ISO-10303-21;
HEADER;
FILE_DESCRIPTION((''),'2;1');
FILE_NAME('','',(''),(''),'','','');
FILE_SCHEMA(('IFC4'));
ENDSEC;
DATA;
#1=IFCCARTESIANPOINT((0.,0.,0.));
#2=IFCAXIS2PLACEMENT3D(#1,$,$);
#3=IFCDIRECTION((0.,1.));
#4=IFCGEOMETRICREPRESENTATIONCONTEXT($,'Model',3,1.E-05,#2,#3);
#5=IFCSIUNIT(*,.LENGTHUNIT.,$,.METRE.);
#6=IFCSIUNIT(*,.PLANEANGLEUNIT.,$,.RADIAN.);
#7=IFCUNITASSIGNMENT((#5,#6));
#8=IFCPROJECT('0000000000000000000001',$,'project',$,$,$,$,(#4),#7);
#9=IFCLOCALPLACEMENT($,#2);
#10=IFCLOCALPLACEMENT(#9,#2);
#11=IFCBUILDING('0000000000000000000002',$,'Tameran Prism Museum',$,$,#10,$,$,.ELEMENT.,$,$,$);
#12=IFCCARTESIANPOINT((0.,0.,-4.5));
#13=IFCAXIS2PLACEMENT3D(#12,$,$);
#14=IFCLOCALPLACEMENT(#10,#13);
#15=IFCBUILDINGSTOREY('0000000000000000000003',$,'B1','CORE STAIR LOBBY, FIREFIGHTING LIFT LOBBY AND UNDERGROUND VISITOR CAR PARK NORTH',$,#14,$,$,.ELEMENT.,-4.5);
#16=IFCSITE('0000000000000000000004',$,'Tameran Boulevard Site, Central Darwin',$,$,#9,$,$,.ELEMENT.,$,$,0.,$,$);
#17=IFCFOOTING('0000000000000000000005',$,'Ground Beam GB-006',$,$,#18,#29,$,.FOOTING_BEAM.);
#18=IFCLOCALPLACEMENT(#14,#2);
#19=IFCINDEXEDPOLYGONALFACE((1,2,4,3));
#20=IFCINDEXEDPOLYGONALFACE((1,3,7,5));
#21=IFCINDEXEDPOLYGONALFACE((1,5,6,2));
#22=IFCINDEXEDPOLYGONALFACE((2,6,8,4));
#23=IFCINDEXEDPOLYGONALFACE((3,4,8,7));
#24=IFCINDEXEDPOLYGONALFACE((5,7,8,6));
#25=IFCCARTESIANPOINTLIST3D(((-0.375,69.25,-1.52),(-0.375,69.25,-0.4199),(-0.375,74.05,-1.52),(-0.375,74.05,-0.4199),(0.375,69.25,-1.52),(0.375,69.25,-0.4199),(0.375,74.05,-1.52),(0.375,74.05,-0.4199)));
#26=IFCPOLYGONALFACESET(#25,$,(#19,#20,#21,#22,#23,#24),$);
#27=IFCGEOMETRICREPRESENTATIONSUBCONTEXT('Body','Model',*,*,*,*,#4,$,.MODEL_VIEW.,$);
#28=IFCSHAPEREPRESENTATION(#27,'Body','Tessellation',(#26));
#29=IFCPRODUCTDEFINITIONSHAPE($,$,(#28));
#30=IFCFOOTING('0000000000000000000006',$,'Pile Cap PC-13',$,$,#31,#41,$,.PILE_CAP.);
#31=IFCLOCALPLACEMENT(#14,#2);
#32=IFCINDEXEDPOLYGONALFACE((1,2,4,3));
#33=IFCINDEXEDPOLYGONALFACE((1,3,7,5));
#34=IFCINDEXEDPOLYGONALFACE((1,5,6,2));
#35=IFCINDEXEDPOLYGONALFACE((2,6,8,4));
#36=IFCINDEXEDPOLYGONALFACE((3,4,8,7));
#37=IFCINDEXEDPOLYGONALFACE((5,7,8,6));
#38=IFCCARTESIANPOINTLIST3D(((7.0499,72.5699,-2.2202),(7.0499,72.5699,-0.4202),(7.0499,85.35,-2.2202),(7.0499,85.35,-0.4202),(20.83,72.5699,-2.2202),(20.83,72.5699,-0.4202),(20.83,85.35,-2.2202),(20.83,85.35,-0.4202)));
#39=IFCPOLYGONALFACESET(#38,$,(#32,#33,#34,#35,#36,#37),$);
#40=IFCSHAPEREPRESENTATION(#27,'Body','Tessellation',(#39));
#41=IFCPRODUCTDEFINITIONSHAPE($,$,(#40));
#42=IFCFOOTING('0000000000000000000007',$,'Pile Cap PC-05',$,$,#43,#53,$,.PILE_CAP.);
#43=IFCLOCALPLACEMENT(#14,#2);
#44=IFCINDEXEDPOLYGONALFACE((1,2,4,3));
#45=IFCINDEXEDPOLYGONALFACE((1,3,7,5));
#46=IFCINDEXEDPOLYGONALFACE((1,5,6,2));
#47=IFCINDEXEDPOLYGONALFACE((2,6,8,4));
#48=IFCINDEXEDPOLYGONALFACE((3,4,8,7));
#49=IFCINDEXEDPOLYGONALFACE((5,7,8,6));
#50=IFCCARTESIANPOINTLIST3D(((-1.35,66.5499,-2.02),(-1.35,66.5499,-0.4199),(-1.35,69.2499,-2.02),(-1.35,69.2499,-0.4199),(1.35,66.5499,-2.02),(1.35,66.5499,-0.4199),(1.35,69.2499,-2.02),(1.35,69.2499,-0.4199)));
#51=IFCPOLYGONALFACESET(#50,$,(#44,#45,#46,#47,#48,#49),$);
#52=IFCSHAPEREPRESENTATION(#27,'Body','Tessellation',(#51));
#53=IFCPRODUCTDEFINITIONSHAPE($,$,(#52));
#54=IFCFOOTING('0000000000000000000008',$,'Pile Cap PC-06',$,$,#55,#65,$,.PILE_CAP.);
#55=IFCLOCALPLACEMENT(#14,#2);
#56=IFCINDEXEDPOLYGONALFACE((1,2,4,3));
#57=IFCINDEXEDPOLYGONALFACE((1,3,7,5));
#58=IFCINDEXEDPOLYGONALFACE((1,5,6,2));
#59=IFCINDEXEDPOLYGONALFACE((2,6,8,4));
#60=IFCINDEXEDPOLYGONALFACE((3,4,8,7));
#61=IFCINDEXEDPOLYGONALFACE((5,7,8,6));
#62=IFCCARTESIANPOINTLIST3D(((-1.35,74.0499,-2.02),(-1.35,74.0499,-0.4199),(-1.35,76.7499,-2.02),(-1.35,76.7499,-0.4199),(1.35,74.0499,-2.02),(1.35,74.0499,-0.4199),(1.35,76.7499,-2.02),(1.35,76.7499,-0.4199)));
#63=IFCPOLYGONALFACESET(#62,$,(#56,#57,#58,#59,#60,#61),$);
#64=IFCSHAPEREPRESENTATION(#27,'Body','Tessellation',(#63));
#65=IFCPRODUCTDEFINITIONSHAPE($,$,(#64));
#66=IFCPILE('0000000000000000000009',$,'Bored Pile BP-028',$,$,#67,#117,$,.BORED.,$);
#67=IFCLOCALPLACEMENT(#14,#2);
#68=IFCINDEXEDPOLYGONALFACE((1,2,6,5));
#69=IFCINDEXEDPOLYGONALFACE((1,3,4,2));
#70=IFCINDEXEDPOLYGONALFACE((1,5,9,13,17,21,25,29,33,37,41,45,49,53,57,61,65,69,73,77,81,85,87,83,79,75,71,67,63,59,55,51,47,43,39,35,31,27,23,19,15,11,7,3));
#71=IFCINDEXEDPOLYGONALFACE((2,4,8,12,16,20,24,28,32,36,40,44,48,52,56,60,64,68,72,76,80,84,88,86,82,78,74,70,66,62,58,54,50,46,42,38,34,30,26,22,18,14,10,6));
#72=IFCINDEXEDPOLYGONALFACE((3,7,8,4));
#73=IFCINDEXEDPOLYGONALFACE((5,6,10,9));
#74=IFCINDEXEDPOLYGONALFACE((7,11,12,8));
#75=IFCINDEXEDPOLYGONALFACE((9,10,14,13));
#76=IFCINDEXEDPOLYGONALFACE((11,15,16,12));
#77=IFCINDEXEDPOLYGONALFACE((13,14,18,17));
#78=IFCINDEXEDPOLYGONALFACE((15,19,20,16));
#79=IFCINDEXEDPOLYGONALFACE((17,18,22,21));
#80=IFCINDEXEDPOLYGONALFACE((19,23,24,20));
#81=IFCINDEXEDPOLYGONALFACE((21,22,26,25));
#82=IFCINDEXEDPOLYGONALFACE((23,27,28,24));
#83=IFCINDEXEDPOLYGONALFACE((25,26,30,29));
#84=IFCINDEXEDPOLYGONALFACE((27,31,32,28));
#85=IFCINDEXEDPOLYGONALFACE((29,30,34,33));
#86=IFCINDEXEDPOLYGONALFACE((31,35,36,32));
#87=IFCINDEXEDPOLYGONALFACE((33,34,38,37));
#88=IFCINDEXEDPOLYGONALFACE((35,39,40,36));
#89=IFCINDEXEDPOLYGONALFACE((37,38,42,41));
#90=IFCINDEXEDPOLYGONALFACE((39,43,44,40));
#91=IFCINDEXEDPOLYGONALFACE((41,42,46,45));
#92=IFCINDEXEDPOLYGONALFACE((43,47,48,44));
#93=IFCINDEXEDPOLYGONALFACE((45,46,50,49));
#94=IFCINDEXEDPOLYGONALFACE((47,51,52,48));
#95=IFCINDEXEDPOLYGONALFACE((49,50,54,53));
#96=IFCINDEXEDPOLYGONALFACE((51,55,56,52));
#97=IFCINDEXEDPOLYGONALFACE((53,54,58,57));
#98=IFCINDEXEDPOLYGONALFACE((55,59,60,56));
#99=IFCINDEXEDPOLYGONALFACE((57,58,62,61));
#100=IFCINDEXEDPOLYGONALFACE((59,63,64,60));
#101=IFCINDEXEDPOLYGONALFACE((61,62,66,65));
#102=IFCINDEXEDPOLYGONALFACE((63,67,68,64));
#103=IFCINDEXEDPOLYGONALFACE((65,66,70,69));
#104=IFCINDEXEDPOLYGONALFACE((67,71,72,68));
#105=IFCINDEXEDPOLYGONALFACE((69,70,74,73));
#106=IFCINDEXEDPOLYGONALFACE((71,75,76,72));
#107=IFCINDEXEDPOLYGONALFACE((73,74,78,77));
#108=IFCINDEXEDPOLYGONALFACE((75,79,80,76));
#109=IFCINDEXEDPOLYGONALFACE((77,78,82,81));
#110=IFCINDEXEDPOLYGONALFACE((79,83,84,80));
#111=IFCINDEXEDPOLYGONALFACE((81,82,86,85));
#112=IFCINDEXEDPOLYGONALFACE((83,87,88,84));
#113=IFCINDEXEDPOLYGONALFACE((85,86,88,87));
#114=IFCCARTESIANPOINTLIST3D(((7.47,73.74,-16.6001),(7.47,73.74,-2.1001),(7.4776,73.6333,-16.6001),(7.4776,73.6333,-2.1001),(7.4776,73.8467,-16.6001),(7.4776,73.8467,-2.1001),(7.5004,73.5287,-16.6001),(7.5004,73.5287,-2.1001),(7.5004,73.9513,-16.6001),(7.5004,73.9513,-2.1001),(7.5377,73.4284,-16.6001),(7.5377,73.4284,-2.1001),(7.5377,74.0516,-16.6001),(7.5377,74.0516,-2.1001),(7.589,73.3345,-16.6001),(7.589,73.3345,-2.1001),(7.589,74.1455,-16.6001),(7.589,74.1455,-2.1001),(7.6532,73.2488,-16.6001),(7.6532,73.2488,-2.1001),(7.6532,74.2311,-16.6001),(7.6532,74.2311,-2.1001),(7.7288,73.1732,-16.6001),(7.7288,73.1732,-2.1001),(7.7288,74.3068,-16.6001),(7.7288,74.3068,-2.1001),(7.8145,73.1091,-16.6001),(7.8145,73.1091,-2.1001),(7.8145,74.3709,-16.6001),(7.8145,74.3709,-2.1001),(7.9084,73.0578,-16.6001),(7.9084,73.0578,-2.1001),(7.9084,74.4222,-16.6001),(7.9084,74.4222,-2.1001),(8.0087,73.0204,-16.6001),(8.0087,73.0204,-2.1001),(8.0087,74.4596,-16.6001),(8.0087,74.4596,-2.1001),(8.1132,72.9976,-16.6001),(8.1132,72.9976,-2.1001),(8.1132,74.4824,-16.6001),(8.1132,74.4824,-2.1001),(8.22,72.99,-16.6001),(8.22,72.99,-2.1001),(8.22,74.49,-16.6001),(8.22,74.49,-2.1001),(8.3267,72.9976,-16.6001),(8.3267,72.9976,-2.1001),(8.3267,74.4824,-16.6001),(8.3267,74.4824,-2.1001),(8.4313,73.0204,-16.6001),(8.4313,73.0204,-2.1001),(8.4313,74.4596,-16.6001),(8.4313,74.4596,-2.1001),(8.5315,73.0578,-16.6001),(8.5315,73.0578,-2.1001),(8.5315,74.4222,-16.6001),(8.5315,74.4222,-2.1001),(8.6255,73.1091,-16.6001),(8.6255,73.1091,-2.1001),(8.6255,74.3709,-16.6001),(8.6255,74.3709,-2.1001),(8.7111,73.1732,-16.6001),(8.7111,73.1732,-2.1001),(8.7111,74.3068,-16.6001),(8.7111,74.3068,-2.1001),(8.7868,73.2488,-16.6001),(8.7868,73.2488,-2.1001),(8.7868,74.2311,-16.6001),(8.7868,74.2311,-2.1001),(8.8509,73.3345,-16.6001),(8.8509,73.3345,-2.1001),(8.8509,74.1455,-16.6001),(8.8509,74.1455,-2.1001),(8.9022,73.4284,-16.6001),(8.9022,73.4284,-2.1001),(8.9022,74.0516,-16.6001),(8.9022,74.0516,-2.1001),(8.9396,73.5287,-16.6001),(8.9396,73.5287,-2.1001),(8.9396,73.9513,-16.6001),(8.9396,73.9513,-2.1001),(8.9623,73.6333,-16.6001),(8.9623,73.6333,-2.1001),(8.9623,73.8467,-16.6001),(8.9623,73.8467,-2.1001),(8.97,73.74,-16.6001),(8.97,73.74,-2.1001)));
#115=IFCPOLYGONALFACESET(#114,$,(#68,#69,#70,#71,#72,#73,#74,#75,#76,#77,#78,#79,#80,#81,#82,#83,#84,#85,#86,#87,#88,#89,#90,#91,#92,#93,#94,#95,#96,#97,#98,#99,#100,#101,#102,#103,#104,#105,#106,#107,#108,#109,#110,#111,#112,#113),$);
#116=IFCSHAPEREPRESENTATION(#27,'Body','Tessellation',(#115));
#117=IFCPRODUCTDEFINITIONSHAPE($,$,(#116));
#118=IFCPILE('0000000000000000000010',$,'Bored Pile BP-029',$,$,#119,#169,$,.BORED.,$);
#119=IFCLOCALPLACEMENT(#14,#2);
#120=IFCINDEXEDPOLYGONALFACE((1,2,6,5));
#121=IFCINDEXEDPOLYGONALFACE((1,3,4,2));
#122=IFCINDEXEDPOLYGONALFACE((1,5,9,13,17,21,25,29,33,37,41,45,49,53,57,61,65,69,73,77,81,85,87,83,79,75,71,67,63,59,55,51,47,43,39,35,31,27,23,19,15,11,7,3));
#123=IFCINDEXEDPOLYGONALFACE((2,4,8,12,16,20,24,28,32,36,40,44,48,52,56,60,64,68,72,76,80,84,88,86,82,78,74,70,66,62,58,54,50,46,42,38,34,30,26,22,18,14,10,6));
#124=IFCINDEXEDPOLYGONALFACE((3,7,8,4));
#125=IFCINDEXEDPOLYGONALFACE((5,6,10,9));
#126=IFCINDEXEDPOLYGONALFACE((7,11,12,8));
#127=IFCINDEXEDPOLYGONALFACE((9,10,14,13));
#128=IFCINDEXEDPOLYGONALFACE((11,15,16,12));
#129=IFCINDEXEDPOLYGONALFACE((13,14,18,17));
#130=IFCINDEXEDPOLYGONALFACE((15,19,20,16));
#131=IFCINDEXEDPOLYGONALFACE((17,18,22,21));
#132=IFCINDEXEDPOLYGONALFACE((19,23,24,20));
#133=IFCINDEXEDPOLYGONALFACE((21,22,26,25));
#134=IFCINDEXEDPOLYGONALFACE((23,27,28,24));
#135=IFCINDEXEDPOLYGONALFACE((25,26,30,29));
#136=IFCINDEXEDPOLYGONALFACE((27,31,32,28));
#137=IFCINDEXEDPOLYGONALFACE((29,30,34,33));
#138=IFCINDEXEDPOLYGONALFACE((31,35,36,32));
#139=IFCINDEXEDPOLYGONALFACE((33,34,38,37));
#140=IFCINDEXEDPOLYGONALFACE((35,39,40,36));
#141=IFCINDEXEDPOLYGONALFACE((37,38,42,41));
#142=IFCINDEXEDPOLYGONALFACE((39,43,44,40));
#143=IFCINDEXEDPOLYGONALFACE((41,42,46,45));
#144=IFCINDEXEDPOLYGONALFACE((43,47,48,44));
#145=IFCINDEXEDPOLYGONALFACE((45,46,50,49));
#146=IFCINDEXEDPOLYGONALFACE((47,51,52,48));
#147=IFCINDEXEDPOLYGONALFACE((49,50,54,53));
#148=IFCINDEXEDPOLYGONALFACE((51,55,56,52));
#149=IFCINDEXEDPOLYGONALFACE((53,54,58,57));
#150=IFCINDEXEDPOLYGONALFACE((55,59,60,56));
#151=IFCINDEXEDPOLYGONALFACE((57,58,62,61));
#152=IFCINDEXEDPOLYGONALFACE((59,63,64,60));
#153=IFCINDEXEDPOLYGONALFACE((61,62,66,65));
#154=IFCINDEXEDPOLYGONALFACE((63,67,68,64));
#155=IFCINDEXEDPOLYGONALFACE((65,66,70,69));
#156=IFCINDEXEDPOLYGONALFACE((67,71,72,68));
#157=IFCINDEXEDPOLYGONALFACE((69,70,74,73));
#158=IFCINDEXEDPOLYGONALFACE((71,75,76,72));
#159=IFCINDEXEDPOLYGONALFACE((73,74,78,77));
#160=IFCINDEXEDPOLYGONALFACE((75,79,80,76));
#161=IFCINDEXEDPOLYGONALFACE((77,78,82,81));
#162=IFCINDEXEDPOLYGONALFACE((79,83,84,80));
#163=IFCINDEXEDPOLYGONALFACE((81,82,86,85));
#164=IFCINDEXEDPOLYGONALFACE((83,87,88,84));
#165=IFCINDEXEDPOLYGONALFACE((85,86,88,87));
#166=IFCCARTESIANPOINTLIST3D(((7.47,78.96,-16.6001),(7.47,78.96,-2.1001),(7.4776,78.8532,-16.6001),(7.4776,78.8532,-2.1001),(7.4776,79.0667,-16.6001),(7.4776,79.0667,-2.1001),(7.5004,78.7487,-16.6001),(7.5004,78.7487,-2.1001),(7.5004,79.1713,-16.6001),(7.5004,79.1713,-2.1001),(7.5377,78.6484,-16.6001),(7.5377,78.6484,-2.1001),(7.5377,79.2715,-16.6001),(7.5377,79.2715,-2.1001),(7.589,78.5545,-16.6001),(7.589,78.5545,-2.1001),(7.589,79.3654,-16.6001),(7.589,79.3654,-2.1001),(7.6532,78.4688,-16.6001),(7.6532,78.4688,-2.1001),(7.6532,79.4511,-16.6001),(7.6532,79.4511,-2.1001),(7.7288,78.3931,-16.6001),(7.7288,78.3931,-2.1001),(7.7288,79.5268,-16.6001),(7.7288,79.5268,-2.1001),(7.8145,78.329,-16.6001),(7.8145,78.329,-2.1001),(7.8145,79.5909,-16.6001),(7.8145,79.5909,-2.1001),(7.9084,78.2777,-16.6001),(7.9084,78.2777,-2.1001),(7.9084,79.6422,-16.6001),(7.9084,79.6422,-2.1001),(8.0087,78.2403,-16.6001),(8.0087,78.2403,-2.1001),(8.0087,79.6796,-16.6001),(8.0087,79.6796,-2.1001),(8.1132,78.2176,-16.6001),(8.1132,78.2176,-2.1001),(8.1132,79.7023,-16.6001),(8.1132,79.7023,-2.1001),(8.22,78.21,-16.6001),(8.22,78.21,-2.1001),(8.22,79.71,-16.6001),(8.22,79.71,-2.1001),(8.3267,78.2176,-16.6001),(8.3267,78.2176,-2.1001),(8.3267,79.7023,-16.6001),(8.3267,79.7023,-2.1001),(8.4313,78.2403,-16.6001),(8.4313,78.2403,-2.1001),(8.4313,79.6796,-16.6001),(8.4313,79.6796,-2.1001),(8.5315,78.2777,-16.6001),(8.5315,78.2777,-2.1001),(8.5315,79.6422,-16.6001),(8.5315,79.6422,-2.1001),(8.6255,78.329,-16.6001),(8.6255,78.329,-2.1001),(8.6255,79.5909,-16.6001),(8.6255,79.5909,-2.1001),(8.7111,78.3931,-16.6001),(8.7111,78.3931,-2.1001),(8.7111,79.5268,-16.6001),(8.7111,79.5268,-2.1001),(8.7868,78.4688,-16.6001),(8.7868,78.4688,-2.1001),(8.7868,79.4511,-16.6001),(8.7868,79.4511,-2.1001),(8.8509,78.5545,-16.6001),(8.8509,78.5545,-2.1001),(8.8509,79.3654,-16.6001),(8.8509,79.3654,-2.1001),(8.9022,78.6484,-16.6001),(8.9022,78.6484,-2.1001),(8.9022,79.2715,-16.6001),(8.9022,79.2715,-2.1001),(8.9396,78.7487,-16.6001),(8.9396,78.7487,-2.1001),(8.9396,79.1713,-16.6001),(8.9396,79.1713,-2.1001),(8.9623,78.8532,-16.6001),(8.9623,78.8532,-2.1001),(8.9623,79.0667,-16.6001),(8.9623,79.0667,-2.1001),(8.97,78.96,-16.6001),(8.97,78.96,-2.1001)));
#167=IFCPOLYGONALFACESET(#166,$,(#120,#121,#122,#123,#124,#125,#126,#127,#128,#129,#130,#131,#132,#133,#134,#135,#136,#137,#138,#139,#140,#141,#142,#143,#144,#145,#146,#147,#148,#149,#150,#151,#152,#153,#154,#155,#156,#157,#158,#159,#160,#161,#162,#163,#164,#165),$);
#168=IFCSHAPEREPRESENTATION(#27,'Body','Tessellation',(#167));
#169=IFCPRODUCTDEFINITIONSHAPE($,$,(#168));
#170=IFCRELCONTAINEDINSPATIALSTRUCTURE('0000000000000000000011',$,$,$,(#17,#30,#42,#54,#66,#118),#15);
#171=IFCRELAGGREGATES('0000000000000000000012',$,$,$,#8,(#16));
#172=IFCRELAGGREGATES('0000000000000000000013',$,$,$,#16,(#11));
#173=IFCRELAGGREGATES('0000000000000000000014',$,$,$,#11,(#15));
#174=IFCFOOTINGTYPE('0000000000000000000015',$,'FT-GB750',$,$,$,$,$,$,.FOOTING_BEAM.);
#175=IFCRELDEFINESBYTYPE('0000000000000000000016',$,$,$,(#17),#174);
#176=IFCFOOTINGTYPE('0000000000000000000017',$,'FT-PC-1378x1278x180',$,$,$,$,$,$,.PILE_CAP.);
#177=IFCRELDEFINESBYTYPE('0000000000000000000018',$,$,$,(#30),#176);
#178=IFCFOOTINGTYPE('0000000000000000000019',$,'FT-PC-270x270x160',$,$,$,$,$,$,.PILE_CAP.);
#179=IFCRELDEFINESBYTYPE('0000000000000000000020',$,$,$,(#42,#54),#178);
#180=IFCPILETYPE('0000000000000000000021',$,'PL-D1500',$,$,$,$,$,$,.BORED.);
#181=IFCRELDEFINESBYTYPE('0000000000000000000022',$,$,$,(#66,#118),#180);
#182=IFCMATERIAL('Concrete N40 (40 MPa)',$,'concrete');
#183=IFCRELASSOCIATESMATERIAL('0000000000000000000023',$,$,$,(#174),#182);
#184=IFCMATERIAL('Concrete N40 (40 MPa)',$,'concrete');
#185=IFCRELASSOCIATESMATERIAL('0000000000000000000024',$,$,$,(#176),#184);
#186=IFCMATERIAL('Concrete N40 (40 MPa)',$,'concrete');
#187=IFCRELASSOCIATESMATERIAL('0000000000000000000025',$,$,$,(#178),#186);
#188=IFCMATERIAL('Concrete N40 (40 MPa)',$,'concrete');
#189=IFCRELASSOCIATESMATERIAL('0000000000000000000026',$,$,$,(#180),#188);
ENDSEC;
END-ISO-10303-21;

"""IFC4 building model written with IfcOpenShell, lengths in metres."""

from ifc_helpers import new_model, si_unit, direction, frame, origin, origin_2d, place, context, subcontext, project, spatial, rectangle, circle, extrude, material, material_profile, profile_set, type_object, element, save


model = new_model("IFC4")

# Units and contexts
model_context = context("Model", 3, precision=1e-05, world=origin(), true_north=direction((0.0, 1.0)))
body_context = subcontext(model_context, "Body", "Model", "MODEL_VIEW")
ifc_project = project(units=[si_unit("LENGTHUNIT", "METRE"), si_unit("PLANEANGLEUNIT", "RADIAN")], contexts=[model_context])

# Site, building, storey
site_placement = place(None, origin())
site = spatial("IfcSite", under=ifc_project, at=site_placement, Name="Tameran Boulevard Site, Central Darwin", CompositionType="ELEMENT", RefElevation=0.0)
building_placement = place(site_placement, origin())
building = spatial("IfcBuilding", under=site, at=building_placement, Name="Tameran Prism Museum", CompositionType="ELEMENT")
storey_placement = place(building_placement, frame((0.0, 0.0, -4.5)))
storey = spatial("IfcBuildingStorey", under=building, at=storey_placement, Name="B1", Description="CORE STAIR LOBBY, FIREFIGHTING LIFT LOBBY AND UNDERGROUND VISITOR CAR PARK NORTH", CompositionType="ELEMENT", Elevation=-4.5)

# Footings
ifc_material_1 = material(Name="Concrete N40 (40 MPa)", Category="concrete")
ifc_material_profile_1 = material_profile(ifc_material_1, rectangle(XDim=0.75, YDim=1.1001, at=origin_2d()))
ifc_profile_set_1 = profile_set([ifc_material_profile_1])
footing_type_1 = type_object("IfcFootingType", Name="FT-GB750", PredefinedType="FOOTING_BEAM", material=ifc_profile_set_1)
footing_1_placement = place(storey_placement, frame((0.0, 69.25, -0.97), z_axis=(0.0, 1.0, 0.0), x_axis=(-1.0, 0.0, 0.0)))
element("IfcFooting", 1, at=footing_1_placement, inside=storey, type_object=footing_type_1, Name="Ground Beam GB-006", PredefinedType="FOOTING_BEAM", context=body_context, shape_type="SweptSolid", body=[
    extrude(rectangle(XDim=0.75, YDim=1.1001, at=origin_2d()), origin(), (0.0, 0.0, 1.0), 4.8),
])
ifc_material_2 = material(Name="Concrete N40 (40 MPa)", Category="concrete")
footing_type_2 = type_object("IfcFootingType", Name="FT-PC-1378x1278x180", PredefinedType="PILE_CAP", material=ifc_material_2)
footing_2_placement = place(storey_placement, frame((13.9399, 78.96, -2.2202), z_axis=(0.0, 0.0, 1.0), x_axis=(1.0, 0.0, 0.0)))
element("IfcFooting", 2, at=footing_2_placement, inside=storey, type_object=footing_type_2, Name="Pile Cap PC-13", PredefinedType="PILE_CAP", context=body_context, shape_type="SweptSolid", body=[
    extrude(rectangle(XDim=13.78, YDim=12.78, at=origin_2d()), origin(), (0.0, 0.0, 1.0), 1.8),
])
ifc_material_3 = material(Name="Concrete N40 (40 MPa)", Category="concrete")
footing_type_3 = type_object("IfcFootingType", Name="FT-PC-270x270x160", PredefinedType="PILE_CAP", material=ifc_material_3)
for number, where, z_axis, x_axis, name in (
    (3, (0.0, 67.8999, -2.02), (0.0, 0.0, 1.0), (1.0, 0.0, 0.0), "Pile Cap PC-05"),
    (4, (0.0, 75.3999, -2.02), (0.0, 0.0, 1.0), (1.0, 0.0, 0.0), "Pile Cap PC-06"),
):
    element("IfcFooting", number, at=place(storey_placement, frame(where, z_axis=z_axis, x_axis=x_axis)), inside=storey, type_object=footing_type_3, Name=name, PredefinedType="PILE_CAP", context=body_context, shape_type="SweptSolid", body=[
        extrude(rectangle(XDim=2.7, YDim=2.7, at=origin_2d()), origin(), (0.0, 0.0, 1.0), 1.6001),
    ])

# Piles
ifc_material_4 = material(Name="Concrete N40 (40 MPa)", Category="concrete")
ifc_material_profile_2 = material_profile(ifc_material_4, circle(Radius=0.75, at=origin_2d()))
ifc_profile_set_2 = profile_set([ifc_material_profile_2])
pile_type_1 = type_object("IfcPileType", Name="PL-D1500", PredefinedType="BORED", material=ifc_profile_set_2)
for number, where, z_axis, x_axis, name in (
    (5, (8.22, 73.74, -2.1001), (0.0, 0.0, -1.0), (1.0, 0.0, 0.0), "Bored Pile BP-028"),
    (6, (8.22, 78.96, -2.1001), (0.0, 0.0, -1.0), (1.0, 0.0, 0.0), "Bored Pile BP-029"),
):
    element("IfcPile", number, at=place(storey_placement, frame(where, z_axis=z_axis, x_axis=x_axis)), inside=storey, type_object=pile_type_1, Name=name, PredefinedType="BORED", context=body_context, shape_type="SweptSolid", body=[
        extrude(circle(Radius=0.75, at=origin_2d()), origin(), (0.0, 0.0, 1.0), 14.5),
    ])

save(model, "model.ifc")
